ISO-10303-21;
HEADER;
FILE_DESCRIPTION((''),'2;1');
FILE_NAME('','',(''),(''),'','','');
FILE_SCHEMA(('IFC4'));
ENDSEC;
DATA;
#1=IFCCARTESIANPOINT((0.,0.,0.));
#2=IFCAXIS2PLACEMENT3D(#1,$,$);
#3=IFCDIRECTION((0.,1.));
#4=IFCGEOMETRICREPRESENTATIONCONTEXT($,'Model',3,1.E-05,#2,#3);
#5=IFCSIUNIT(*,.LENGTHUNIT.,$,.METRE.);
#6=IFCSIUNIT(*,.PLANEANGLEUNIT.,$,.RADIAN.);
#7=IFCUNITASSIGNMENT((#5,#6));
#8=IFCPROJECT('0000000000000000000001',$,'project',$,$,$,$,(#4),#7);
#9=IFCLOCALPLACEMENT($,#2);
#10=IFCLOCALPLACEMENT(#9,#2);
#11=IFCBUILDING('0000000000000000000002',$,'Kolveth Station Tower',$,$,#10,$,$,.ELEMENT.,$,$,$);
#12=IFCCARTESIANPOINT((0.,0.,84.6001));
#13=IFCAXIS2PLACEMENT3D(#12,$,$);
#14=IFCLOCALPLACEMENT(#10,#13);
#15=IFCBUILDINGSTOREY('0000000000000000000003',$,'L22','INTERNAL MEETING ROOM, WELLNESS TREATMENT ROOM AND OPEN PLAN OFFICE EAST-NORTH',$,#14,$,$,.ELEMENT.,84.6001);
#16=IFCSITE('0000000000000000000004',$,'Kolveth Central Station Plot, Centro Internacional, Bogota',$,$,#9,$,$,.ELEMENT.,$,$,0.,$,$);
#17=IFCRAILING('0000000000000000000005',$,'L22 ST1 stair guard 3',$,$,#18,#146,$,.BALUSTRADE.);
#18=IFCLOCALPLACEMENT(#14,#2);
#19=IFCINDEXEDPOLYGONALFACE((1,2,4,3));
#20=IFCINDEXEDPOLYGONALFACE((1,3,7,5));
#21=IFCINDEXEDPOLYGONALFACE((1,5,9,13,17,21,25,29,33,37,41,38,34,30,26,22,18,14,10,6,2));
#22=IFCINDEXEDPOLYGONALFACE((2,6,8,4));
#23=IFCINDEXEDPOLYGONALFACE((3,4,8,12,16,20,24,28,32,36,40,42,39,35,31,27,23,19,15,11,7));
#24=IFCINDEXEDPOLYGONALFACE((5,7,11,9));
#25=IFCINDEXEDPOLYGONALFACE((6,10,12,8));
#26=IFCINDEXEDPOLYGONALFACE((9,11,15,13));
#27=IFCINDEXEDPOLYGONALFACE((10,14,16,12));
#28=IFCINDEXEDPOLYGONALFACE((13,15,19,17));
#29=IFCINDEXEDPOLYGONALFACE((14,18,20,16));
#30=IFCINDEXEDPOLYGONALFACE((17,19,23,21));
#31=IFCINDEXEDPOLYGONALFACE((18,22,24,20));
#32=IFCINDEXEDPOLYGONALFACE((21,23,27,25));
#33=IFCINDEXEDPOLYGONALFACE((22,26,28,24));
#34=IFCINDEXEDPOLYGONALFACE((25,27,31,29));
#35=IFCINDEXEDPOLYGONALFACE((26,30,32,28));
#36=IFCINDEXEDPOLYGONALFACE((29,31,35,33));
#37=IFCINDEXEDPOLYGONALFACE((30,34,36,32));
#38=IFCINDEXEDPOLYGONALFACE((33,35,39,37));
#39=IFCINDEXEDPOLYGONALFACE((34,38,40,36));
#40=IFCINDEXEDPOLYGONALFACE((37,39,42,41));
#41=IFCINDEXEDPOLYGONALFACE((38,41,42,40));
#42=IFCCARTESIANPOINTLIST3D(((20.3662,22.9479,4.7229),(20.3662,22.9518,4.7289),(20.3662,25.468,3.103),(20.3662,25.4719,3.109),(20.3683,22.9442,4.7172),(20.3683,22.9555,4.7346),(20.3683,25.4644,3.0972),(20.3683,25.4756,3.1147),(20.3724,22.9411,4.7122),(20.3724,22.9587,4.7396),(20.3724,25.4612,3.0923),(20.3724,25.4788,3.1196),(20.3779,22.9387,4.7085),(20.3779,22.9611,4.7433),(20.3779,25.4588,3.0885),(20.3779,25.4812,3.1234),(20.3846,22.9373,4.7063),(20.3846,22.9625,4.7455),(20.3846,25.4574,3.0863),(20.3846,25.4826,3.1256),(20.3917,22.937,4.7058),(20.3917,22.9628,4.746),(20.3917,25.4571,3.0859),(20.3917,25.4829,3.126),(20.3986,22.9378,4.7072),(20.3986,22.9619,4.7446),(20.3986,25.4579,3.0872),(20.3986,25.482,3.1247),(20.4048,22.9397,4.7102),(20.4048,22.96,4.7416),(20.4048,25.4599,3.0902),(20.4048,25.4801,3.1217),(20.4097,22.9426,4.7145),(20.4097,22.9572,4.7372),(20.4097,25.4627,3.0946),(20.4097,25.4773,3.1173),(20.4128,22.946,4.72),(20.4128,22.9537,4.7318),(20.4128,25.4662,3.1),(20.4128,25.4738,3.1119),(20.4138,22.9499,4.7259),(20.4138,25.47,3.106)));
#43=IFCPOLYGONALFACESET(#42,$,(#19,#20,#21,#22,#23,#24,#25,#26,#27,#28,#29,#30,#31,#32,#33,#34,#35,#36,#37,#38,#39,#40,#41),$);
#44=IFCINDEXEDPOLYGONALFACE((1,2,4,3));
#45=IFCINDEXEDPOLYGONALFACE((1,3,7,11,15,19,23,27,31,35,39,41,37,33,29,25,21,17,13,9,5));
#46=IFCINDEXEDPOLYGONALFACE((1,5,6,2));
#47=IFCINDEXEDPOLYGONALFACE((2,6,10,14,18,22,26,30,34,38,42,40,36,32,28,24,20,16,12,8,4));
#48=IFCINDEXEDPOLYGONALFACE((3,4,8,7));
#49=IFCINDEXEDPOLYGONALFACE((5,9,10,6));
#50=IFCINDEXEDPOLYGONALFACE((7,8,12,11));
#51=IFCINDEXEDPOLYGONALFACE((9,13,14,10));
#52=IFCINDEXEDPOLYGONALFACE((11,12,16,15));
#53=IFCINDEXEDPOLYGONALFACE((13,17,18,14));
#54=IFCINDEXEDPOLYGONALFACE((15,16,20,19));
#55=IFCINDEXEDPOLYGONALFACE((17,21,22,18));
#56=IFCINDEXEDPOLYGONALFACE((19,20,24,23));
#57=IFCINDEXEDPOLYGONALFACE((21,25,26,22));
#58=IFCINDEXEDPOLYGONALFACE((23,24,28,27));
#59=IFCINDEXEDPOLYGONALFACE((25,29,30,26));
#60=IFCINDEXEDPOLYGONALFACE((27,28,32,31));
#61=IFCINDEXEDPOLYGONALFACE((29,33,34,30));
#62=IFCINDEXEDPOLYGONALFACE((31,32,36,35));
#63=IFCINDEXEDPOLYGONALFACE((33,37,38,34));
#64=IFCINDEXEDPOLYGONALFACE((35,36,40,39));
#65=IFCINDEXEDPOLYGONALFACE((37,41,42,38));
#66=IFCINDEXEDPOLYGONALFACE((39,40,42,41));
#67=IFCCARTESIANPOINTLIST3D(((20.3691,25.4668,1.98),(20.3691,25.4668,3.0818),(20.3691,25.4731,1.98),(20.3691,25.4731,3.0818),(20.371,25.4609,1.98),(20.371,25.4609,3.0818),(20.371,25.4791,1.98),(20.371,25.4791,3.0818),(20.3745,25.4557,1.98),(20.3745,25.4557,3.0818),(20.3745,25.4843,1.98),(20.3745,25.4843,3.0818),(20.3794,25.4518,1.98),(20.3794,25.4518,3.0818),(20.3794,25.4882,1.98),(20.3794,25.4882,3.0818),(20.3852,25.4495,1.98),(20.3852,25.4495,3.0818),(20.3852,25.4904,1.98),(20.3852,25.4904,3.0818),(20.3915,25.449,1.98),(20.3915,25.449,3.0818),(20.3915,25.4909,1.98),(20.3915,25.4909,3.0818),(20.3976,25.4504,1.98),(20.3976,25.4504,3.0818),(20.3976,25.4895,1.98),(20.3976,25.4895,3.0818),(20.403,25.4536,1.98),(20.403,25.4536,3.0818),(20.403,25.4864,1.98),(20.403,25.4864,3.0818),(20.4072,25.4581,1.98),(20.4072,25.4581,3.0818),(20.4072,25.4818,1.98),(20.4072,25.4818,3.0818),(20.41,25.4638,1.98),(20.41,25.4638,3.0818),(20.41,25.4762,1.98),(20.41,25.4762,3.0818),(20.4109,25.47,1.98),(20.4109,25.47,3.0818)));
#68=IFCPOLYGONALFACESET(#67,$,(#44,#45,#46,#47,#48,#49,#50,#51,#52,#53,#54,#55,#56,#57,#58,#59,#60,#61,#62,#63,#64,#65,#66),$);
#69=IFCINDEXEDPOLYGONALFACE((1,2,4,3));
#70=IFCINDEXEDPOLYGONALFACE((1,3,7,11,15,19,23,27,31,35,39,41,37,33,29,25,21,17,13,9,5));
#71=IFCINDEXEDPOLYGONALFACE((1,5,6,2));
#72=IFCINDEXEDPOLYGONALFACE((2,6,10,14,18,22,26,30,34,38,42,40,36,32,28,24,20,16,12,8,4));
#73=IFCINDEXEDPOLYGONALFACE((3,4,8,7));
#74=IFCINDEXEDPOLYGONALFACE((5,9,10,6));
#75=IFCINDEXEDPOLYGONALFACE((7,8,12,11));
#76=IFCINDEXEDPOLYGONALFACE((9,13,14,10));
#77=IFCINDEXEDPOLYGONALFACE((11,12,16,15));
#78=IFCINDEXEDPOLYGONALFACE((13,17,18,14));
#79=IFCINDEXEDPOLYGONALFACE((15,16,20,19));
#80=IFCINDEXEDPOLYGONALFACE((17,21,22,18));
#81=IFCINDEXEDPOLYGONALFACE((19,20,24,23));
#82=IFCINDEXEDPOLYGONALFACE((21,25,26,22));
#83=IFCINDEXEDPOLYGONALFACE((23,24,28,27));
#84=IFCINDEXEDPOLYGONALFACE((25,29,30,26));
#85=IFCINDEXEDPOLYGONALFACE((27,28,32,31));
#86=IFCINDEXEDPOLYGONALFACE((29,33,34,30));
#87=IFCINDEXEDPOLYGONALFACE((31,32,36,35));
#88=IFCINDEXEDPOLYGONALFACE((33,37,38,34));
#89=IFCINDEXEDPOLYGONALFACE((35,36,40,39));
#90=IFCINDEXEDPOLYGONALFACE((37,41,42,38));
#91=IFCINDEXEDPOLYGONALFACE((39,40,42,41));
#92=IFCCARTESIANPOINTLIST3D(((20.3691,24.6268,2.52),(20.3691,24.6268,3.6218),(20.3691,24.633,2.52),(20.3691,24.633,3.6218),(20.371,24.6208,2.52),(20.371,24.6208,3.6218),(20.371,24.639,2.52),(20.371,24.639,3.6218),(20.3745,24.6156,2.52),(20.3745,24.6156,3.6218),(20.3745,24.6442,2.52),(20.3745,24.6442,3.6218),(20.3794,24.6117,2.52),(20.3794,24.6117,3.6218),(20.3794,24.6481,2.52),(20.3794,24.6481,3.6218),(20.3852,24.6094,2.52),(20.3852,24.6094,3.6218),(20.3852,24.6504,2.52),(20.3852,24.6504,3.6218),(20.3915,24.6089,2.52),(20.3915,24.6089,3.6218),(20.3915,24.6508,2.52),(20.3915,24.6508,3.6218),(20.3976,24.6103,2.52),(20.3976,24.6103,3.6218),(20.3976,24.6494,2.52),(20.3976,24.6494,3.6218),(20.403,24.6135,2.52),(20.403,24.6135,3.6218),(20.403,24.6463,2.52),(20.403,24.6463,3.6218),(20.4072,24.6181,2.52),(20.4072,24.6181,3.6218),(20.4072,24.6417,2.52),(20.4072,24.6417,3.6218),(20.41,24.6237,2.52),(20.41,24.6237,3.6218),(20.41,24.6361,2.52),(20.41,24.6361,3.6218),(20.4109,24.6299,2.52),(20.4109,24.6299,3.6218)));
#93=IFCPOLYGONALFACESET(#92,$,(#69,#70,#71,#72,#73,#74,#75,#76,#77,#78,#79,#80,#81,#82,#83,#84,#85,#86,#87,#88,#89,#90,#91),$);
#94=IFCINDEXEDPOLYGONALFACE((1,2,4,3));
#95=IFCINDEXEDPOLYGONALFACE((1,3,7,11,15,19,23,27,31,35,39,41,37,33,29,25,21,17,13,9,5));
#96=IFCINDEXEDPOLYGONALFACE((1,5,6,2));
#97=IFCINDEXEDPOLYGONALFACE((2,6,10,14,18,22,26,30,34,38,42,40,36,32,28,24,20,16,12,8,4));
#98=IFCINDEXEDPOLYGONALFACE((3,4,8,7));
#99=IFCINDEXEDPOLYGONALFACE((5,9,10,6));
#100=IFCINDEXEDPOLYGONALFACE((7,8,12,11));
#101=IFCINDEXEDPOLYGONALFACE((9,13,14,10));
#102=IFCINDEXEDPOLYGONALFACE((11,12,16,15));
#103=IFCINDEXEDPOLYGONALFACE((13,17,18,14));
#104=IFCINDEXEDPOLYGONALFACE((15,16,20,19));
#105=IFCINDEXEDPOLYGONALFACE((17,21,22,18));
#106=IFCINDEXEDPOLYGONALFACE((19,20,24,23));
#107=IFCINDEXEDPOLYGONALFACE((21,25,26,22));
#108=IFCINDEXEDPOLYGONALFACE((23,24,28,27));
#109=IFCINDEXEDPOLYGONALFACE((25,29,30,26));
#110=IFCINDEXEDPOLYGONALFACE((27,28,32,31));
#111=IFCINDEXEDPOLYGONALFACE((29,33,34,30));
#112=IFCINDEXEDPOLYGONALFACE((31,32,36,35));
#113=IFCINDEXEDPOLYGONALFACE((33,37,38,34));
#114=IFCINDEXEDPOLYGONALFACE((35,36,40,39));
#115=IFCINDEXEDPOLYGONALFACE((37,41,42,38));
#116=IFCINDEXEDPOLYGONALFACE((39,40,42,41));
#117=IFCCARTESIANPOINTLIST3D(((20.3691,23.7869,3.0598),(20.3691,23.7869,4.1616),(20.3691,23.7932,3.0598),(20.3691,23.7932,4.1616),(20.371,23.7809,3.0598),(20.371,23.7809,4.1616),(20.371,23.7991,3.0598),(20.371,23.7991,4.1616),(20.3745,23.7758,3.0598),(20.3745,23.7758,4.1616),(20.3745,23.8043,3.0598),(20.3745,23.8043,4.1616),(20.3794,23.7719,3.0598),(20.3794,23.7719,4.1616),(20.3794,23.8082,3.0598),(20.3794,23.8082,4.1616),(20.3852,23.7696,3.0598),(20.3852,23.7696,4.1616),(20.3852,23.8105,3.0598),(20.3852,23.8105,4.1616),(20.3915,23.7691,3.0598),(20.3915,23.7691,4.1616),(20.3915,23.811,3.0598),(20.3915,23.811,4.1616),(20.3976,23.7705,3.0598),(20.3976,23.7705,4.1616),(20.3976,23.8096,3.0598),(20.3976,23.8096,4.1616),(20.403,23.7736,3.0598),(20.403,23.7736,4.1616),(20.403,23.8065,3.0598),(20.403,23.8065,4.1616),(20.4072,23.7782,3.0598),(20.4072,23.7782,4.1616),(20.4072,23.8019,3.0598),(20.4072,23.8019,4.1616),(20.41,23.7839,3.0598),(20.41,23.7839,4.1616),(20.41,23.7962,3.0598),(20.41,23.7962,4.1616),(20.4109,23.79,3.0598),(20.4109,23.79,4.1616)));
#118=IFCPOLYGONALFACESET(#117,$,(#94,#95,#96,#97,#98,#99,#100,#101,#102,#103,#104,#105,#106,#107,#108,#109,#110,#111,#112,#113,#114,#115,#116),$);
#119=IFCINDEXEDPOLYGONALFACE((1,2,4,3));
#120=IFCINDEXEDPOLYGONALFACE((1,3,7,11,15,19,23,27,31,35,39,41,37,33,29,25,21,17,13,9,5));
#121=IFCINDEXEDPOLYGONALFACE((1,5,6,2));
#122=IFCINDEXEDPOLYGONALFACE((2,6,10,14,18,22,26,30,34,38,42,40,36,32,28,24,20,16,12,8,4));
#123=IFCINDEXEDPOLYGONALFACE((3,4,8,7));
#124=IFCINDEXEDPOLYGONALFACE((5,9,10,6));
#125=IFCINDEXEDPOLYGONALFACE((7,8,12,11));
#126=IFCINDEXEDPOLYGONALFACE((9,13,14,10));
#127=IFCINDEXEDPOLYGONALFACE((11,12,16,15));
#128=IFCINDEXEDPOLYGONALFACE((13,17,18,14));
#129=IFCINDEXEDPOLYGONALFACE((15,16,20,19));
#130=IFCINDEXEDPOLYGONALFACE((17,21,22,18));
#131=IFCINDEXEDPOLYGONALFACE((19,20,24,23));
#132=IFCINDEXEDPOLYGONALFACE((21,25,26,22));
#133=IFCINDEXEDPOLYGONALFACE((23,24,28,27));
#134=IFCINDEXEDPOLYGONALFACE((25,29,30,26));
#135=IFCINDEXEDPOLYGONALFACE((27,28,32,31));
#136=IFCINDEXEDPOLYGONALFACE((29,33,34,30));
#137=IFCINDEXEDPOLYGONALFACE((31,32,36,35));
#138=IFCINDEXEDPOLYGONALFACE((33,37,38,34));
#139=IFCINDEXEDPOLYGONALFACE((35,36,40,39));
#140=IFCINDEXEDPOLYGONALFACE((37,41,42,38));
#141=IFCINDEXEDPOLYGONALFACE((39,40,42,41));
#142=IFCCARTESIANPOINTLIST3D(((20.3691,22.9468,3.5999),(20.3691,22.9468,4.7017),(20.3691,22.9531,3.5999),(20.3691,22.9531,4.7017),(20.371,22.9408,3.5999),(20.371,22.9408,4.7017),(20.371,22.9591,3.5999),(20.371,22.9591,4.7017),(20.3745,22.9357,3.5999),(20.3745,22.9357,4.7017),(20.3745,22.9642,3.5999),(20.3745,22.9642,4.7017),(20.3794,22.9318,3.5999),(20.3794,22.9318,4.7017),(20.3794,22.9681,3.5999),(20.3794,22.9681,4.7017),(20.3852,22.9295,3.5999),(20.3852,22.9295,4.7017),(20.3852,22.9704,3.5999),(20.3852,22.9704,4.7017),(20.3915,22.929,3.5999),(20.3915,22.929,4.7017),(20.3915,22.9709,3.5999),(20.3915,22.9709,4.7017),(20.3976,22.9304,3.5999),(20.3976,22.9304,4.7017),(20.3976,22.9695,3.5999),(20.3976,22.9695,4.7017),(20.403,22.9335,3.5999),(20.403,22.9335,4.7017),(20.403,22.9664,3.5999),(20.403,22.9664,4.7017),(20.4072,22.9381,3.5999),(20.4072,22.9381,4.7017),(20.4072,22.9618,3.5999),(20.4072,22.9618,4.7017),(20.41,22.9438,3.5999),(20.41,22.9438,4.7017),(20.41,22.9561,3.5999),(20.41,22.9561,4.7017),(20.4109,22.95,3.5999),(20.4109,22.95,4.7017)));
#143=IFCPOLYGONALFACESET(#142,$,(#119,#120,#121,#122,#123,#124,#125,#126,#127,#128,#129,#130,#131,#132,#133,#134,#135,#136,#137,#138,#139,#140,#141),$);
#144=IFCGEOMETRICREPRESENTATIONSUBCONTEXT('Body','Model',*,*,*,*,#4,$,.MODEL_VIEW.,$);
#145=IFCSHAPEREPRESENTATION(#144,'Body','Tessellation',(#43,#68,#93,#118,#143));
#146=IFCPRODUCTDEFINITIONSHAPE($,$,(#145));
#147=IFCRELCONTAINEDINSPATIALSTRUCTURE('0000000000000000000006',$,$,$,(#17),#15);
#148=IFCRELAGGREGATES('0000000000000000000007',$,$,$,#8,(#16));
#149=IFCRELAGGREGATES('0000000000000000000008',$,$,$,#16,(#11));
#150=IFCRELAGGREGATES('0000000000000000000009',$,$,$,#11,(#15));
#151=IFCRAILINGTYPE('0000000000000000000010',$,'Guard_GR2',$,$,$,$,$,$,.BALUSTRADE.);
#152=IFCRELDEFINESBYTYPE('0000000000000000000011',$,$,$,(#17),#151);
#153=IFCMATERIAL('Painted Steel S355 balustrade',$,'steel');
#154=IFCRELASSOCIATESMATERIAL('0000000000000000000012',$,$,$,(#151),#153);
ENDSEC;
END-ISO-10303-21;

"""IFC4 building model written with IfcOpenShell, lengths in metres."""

from ifc_helpers import new_model, si_unit, direction, frame, origin, origin_2d, place, context, subcontext, project, spatial, circle, extrude, material, type_object, element, save


model = new_model("IFC4")

# Units and contexts
model_context = context("Model", 3, precision=1e-05, world=origin(), true_north=direction((0.0, 1.0)))
body_context = subcontext(model_context, "Body", "Model", "MODEL_VIEW")
ifc_project = project(units=[si_unit("LENGTHUNIT", "METRE"), si_unit("PLANEANGLEUNIT", "RADIAN")], contexts=[model_context])

# Site, building, storey
site_placement = place(None, origin())
site = spatial("IfcSite", under=ifc_project, at=site_placement, Name="Kolveth Central Station Plot, Centro Internacional, Bogota", CompositionType="ELEMENT", RefElevation=0.0)
building_placement = place(site_placement, origin())
building = spatial("IfcBuilding", under=site, at=building_placement, Name="Kolveth Station Tower", CompositionType="ELEMENT")
storey_placement = place(building_placement, frame((0.0, 0.0, 84.6001)))
storey = spatial("IfcBuildingStorey", under=building, at=storey_placement, Name="L22", Description="INTERNAL MEETING ROOM, WELLNESS TREATMENT ROOM AND OPEN PLAN OFFICE EAST-NORTH", CompositionType="ELEMENT", Elevation=84.6001)

# Railing
ifc_material_1 = material(Name="Painted Steel S355 balustrade", Category="steel")
railing_type_1 = type_object("IfcRailingType", Name="Guard_GR2", PredefinedType="BALUSTRADE", material=ifc_material_1)
railing_1_placement = place(storey_placement, frame((20.3899, 25.47, 1.98)))
element("IfcRailing", 1, at=railing_1_placement, inside=storey, type_object=railing_type_1, Name="L22 ST1 stair guard 3", PredefinedType="BALUSTRADE", context=body_context, shape_type="SweptSolid", body=[
    extrude(circle(Radius=0.0239, at=origin_2d()), frame((0.0, 0.0, 1.126), z_axis=(0.0, -0.8412, 0.540725), x_axis=(1.0, 0.0, 0.0)), (0.0, 0.0, 1.0), 2.9958),
    extrude(circle(Radius=0.021, at=origin_2d()), origin(), (0.0, 0.0, 1.0), 1.1018),
    extrude(circle(Radius=0.021, at=origin_2d()), frame((0.0, -0.8401, 0.54)), (0.0, 0.0, 1.0), 1.1018),
    extrude(circle(Radius=0.021, at=origin_2d()), frame((0.0, -1.6799, 1.0798)), (0.0, 0.0, 1.0), 1.1018),
    extrude(circle(Radius=0.021, at=origin_2d()), frame((0.0, -2.52, 1.6199)), (0.0, 0.0, 1.0), 1.1018),
])

save(model, "model.ifc")
